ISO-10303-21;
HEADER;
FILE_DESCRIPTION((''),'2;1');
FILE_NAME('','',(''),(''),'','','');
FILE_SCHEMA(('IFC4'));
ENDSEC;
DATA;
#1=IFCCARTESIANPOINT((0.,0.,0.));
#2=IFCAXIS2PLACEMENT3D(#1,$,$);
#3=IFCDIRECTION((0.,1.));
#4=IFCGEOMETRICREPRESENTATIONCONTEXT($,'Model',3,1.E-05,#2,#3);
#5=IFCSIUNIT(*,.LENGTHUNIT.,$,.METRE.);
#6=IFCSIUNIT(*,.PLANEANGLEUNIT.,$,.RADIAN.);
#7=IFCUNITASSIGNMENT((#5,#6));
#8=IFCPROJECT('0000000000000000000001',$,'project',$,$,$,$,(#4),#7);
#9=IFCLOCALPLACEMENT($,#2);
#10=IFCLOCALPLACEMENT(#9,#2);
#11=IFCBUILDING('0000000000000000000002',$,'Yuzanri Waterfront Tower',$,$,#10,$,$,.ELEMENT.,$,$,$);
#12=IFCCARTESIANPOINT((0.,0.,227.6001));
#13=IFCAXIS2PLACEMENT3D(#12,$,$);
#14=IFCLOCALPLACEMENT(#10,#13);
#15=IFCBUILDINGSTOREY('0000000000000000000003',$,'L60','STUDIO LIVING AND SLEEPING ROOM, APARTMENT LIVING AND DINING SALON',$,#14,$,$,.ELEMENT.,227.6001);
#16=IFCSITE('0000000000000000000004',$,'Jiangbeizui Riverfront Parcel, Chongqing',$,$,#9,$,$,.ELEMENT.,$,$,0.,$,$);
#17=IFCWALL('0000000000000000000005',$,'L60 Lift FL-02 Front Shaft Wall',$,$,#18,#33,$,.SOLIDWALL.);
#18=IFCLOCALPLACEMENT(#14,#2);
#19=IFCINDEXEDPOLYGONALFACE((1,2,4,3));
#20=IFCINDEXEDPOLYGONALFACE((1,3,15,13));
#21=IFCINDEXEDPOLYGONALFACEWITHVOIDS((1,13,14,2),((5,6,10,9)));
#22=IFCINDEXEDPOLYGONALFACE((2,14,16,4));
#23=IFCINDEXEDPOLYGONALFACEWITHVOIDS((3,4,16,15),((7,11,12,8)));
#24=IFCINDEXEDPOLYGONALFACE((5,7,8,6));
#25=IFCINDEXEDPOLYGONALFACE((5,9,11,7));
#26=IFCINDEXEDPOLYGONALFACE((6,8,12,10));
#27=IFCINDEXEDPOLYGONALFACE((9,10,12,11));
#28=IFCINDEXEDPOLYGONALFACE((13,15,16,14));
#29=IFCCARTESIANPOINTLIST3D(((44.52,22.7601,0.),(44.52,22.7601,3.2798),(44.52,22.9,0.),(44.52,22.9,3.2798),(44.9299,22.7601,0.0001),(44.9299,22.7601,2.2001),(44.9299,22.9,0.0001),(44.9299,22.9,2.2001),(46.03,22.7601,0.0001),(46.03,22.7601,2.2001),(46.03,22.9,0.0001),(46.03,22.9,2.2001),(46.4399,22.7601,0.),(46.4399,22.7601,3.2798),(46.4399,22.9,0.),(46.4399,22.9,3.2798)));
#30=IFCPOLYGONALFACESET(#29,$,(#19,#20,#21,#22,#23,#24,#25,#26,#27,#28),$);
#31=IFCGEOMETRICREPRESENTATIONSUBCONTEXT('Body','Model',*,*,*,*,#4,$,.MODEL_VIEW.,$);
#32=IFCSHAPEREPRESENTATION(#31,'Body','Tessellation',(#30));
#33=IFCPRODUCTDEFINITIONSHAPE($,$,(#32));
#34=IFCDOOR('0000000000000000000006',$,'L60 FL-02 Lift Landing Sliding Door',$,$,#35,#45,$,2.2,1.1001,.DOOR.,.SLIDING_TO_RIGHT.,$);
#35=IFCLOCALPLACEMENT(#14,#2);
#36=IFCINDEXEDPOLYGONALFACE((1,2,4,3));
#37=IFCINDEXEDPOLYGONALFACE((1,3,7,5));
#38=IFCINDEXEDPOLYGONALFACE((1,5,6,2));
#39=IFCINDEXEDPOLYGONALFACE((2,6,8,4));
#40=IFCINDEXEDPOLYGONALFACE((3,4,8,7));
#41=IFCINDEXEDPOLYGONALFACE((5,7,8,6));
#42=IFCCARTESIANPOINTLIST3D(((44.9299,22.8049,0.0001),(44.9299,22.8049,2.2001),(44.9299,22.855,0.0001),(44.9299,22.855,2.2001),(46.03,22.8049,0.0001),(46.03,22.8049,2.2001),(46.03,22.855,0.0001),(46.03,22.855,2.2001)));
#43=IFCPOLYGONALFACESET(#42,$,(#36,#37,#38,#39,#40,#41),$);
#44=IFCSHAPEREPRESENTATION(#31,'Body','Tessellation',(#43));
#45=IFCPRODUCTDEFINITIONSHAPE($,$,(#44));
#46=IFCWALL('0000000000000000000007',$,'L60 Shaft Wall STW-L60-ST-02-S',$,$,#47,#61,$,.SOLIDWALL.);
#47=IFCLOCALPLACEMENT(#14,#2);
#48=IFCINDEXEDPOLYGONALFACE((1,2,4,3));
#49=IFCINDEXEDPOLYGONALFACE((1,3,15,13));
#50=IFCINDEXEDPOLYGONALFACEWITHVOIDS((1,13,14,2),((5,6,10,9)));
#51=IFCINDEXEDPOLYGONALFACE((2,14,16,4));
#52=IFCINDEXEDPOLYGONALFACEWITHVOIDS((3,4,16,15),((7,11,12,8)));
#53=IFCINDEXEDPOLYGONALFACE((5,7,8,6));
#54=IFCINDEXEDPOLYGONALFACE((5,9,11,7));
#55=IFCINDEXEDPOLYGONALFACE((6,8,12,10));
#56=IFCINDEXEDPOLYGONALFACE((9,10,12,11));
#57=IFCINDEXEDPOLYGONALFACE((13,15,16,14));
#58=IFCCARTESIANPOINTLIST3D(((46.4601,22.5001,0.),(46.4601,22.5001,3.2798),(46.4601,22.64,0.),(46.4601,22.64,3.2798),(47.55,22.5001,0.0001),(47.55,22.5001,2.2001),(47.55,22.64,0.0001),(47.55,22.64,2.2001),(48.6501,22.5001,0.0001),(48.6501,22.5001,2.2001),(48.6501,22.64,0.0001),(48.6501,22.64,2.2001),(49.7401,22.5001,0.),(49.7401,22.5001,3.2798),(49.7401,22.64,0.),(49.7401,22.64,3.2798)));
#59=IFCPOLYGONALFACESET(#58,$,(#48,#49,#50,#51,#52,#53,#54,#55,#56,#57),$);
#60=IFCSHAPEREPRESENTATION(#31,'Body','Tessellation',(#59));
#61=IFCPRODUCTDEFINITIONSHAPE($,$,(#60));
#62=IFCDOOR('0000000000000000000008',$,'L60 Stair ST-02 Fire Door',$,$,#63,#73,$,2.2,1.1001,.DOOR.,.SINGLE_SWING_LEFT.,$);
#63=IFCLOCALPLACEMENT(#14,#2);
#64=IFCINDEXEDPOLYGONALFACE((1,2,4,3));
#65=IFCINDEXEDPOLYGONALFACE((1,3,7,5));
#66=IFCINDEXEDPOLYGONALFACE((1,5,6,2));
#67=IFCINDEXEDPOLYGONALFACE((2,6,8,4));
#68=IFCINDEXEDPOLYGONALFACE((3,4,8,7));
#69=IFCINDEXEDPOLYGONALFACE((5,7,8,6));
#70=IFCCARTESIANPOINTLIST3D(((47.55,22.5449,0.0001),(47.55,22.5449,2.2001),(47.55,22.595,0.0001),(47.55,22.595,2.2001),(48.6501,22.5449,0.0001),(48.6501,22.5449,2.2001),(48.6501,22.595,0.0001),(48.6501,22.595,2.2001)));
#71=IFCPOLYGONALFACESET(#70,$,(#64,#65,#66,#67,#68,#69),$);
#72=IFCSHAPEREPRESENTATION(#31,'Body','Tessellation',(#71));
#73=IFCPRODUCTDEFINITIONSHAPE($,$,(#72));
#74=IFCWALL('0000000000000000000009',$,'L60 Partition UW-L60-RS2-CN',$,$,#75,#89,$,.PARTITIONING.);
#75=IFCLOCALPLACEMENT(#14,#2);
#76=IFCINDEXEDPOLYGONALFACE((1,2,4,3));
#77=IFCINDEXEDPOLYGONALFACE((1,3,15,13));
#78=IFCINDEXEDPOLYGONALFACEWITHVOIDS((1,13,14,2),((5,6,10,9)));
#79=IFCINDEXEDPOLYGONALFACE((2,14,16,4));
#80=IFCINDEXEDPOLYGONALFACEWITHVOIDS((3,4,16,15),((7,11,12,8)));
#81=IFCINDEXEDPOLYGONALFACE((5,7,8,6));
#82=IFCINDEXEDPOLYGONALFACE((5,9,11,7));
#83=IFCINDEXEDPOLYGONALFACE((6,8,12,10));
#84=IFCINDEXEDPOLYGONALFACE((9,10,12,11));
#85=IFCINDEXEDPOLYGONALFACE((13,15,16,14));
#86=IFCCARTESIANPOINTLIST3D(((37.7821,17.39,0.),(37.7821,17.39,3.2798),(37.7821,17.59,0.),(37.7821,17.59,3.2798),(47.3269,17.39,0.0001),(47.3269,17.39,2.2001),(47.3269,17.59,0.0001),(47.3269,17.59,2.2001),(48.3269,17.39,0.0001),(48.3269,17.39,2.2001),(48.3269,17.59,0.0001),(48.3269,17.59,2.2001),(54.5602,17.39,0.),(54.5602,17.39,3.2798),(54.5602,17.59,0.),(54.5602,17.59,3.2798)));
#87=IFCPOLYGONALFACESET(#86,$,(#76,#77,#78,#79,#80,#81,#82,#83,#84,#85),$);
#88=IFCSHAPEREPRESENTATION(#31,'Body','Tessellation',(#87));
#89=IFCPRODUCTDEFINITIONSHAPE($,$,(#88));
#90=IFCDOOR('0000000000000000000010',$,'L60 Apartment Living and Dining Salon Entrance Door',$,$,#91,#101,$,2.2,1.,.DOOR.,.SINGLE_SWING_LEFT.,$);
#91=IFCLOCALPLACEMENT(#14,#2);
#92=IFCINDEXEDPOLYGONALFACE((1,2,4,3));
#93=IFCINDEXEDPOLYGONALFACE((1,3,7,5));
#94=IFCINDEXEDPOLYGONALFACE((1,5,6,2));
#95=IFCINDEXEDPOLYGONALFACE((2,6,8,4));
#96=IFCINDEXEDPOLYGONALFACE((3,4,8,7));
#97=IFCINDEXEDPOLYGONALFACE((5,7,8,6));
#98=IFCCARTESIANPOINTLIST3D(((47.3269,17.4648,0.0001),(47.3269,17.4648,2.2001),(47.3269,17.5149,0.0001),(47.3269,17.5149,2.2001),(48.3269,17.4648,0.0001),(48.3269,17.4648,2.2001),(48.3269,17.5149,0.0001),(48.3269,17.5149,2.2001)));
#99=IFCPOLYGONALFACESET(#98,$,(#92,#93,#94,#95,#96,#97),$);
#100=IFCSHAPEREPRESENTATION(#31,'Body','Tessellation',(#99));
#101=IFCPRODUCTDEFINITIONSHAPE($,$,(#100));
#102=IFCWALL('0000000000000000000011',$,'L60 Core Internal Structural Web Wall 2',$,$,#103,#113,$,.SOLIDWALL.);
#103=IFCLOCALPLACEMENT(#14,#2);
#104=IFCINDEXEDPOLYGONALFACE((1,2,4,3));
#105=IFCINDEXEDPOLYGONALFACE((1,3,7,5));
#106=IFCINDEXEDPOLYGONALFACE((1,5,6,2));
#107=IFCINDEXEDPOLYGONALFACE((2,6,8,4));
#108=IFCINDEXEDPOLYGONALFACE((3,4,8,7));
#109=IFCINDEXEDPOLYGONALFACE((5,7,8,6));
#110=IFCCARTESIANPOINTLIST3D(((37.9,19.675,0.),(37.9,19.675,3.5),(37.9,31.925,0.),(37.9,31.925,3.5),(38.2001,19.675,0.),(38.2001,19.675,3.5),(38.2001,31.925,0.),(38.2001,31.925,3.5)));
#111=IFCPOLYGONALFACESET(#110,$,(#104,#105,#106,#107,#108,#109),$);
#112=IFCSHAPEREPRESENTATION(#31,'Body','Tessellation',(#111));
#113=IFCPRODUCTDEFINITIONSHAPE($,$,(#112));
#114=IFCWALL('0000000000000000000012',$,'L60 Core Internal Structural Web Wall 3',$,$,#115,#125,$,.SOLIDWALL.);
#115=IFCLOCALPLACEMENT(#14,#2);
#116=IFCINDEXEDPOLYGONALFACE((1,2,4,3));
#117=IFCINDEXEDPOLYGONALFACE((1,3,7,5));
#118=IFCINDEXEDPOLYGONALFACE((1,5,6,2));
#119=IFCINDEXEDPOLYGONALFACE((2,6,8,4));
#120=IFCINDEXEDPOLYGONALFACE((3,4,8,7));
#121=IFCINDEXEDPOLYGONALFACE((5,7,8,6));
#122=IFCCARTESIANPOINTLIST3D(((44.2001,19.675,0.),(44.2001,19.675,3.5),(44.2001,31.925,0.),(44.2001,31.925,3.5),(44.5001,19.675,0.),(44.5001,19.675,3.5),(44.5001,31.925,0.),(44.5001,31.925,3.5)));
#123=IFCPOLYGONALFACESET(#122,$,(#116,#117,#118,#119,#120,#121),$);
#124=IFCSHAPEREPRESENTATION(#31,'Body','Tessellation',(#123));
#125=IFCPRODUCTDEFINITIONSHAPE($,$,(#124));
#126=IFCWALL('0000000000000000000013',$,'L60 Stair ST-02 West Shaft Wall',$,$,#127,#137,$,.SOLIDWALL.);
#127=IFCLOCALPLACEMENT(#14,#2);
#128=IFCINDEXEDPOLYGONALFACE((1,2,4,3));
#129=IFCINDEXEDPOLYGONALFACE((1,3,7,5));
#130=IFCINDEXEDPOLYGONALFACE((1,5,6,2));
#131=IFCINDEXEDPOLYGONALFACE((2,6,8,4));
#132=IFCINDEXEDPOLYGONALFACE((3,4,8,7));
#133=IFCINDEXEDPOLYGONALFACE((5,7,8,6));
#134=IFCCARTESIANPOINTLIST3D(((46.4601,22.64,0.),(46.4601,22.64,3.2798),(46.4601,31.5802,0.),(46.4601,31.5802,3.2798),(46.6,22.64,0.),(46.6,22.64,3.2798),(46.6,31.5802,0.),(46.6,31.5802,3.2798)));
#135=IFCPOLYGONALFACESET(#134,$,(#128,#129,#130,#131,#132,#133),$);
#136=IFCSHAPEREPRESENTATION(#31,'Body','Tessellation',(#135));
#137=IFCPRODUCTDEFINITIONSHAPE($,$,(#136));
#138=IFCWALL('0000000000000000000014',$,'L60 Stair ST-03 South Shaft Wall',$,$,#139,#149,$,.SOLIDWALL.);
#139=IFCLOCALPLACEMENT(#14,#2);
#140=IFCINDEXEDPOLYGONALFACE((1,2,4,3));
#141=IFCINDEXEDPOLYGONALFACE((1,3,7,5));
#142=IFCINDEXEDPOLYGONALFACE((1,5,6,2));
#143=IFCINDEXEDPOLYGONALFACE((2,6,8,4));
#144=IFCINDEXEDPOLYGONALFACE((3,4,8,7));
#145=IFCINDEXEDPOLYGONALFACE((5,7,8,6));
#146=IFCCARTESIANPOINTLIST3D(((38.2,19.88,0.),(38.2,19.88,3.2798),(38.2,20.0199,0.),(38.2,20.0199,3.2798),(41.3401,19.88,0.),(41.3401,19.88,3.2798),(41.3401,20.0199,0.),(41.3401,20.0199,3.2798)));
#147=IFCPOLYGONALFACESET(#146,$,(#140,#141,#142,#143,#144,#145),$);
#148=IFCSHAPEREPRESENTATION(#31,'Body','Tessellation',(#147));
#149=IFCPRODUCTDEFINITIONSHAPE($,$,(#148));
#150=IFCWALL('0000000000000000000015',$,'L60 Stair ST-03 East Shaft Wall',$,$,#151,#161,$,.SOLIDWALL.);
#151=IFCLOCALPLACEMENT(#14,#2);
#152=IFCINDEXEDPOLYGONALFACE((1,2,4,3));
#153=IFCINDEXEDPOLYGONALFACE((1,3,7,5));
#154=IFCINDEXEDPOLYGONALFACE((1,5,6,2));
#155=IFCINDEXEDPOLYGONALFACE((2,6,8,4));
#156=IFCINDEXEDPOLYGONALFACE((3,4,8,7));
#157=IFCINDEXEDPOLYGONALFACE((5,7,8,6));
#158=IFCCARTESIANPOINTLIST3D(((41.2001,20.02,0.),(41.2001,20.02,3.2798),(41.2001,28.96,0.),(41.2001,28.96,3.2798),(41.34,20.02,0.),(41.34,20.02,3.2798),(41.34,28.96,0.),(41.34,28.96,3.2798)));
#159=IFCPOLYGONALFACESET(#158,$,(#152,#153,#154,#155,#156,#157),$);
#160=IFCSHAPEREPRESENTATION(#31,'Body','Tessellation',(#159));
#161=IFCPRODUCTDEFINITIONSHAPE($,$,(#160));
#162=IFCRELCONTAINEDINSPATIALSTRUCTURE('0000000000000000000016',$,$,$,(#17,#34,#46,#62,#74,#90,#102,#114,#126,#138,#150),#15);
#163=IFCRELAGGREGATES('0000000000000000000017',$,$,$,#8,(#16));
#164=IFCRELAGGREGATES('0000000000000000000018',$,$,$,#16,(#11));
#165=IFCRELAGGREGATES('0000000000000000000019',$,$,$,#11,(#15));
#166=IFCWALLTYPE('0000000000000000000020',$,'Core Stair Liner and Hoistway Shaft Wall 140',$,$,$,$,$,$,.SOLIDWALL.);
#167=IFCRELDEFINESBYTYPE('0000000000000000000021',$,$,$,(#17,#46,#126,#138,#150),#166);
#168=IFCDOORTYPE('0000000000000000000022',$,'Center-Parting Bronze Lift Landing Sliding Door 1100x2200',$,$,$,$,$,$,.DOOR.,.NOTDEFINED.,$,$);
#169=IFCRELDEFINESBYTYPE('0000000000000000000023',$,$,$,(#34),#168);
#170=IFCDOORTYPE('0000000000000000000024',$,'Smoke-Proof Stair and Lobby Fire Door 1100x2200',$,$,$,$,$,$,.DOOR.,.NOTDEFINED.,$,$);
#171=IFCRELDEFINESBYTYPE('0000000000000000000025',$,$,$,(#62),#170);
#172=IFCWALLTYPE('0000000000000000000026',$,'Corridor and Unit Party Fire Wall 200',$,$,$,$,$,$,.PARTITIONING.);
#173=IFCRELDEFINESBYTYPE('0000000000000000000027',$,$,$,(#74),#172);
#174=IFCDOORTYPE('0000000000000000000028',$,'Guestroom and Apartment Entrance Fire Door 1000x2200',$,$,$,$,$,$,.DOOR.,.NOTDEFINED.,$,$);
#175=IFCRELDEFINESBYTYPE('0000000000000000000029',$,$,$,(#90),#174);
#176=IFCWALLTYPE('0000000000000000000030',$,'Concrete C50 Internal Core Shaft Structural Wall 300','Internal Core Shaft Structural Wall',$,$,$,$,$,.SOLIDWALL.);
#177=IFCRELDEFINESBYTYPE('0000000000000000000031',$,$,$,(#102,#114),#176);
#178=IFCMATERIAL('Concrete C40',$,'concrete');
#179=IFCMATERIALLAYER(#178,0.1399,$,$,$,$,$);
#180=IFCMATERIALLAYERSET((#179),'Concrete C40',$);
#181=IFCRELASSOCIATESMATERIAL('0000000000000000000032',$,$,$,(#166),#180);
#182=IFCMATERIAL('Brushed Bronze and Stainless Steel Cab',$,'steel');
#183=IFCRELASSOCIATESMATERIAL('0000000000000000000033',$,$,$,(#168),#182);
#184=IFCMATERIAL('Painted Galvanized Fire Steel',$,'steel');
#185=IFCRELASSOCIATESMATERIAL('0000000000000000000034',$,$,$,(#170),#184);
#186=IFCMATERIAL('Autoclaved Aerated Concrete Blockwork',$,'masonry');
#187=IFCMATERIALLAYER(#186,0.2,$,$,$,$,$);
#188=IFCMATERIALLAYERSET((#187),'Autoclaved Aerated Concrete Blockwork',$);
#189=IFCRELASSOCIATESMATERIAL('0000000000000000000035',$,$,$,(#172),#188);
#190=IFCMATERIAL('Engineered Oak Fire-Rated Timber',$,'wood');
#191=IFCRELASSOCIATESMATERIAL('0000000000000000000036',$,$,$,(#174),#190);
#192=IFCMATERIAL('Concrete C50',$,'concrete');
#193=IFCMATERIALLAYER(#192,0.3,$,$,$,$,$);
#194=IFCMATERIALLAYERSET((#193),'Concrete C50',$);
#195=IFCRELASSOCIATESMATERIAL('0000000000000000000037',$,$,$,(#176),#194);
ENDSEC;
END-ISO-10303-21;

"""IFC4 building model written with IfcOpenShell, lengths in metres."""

from ifc_helpers import new_model, si_unit, direction, frame, frame_2d, origin, place, context, subcontext, project, spatial, rectangle, extrude, source, transform, mapped, material, layer, layer_set, type_object, element, fill, save


model = new_model("IFC4")

# Units and contexts
model_context = context("Model", 3, precision=1e-05, world=origin(), true_north=direction((0.0, 1.0)))
body_context = subcontext(model_context, "Body", "Model", "MODEL_VIEW")
ifc_project = project(units=[si_unit("LENGTHUNIT", "METRE"), si_unit("PLANEANGLEUNIT", "RADIAN")], contexts=[model_context])

# Site, building, storey
site_placement = place(None, origin())
site = spatial("IfcSite", under=ifc_project, at=site_placement, Name="Jiangbeizui Riverfront Parcel, Chongqing", CompositionType="ELEMENT", RefElevation=0.0)
building_placement = place(site_placement, origin())
building = spatial("IfcBuilding", under=site, at=building_placement, Name="Yuzanri Waterfront Tower", CompositionType="ELEMENT")
storey_placement = place(building_placement, frame((0.0, 0.0, 227.6001)))
storey = spatial("IfcBuildingStorey", under=building, at=storey_placement, Name="L60", Description="STUDIO LIVING AND SLEEPING ROOM, APARTMENT LIVING AND DINING SALON", CompositionType="ELEMENT", Elevation=227.6001)

# Walls, openings, doors
ifc_material_1 = material(Name="Concrete C40", Category="concrete")
ifc_layer_1 = layer(ifc_material_1, 0.1399)
ifc_layer_set_1 = layer_set([ifc_layer_1], Name="Concrete C40")
wall_type_1 = type_object("IfcWallType", Name="Core Stair Liner and Hoistway Shaft Wall 140", PredefinedType="SOLIDWALL", material=ifc_layer_set_1)
wall_1_placement = place(storey_placement, frame((44.52, 22.8301, 0.0), z_axis=(0.0, 0.0, 1.0), x_axis=(1.0, 0.0, 0.0)))
wall_1 = element("IfcWall", 1, at=wall_1_placement, inside=storey, type_object=wall_type_1, Name="L60 Lift FL-02 Front Shaft Wall", PredefinedType="SOLIDWALL", context=body_context, shape_type="SweptSolid", body=[
    extrude(rectangle(XDim=1.9199, YDim=0.1399, at=frame_2d((0.96, 0.0))), origin(), (0.0, 0.0, 1.0), 3.2798),
])
opening_1_placement = place(wall_1_placement, frame((0.4099, 0.0, 0.0)))
opening_1 = element("IfcOpeningElement", 2, at=opening_1_placement, cuts=wall_1, PredefinedType="OPENING", context=body_context, shape_type="SweptSolid", body=[
    extrude(rectangle(XDim=1.1001, YDim=2.2, at=frame_2d((0.55, 1.1001))), frame((0.0, 0.085, 0.0), z_axis=(0.0, -1.0, 0.0), x_axis=(1.0, 0.0, 0.0)), (0.0, 0.0, 1.0), 0.1697),
])
ifc_material_2 = material(Name="Brushed Bronze and Stainless Steel Cab", Category="steel")
door_type_1 = type_object("IfcDoorType", Name="Center-Parting Bronze Lift Landing Sliding Door 1100x2200", OperationType="NOTDEFINED", PredefinedType="DOOR", material=ifc_material_2)
shared_shape_1 = source(origin(), body_context, "Body", "SweptSolid", [
    extrude(rectangle(XDim=1.1001, YDim=2.2, at=frame_2d((0.55, 1.1001))), frame((0.0, 0.0249, 0.0), z_axis=(0.0, -1.0, 0.0), x_axis=(1.0, 0.0, 0.0)), (0.0, 0.0, 1.0), 0.05),
])
door_1_placement = place(opening_1_placement, origin())
door_1 = element("IfcDoor", 3, at=door_1_placement, inside=storey, type_object=door_type_1, Name="L60 FL-02 Lift Landing Sliding Door", OperationType="SLIDING_TO_RIGHT", OverallHeight=2.2, OverallWidth=1.1001, PredefinedType="DOOR", context=body_context, shape_type="MappedRepresentation", body=[
    mapped(shared_shape_1, transform((0.0, 0.0, 0.0), scale=1.0)),
])
fill(opening_1, door_1)
wall_2_placement = place(storey_placement, frame((46.46, 22.5701, 0.0), z_axis=(0.0, 0.0, 1.0), x_axis=(1.0, 0.0, 0.0)))
wall_2 = element("IfcWall", 4, at=wall_2_placement, inside=storey, type_object=wall_type_1, Name="L60 Shaft Wall STW-L60-ST-02-S", PredefinedType="SOLIDWALL", context=body_context, shape_type="SweptSolid", body=[
    extrude(rectangle(XDim=3.28, YDim=0.1399, at=frame_2d((1.6401, 0.0))), origin(), (0.0, 0.0, 1.0), 3.2798),
])
opening_2_placement = place(wall_2_placement, frame((1.0901, 0.0, 0.0)))
opening_2 = element("IfcOpeningElement", 5, at=opening_2_placement, cuts=wall_2, PredefinedType="OPENING", context=body_context, shape_type="SweptSolid", body=[
    extrude(rectangle(XDim=1.1001, YDim=2.2, at=frame_2d((0.55, 1.1001))), frame((0.0, 0.085, 0.0), z_axis=(0.0, -1.0, 0.0), x_axis=(1.0, 0.0, 0.0)), (0.0, 0.0, 1.0), 0.1697),
])
ifc_material_3 = material(Name="Painted Galvanized Fire Steel", Category="steel")
door_type_2 = type_object("IfcDoorType", Name="Smoke-Proof Stair and Lobby Fire Door 1100x2200", OperationType="NOTDEFINED", PredefinedType="DOOR", material=ifc_material_3)
shared_shape_2 = source(origin(), body_context, "Body", "SweptSolid", [
    extrude(rectangle(XDim=1.1001, YDim=2.2, at=frame_2d((0.55, 1.1001))), frame((0.0, 0.0249, 0.0), z_axis=(0.0, -1.0, 0.0), x_axis=(1.0, 0.0, 0.0)), (0.0, 0.0, 1.0), 0.05),
])
door_2_placement = place(opening_2_placement, origin())
door_2 = element("IfcDoor", 6, at=door_2_placement, inside=storey, type_object=door_type_2, Name="L60 Stair ST-02 Fire Door", OperationType="SINGLE_SWING_LEFT", OverallHeight=2.2, OverallWidth=1.1001, PredefinedType="DOOR", context=body_context, shape_type="MappedRepresentation", body=[
    mapped(shared_shape_2, transform((0.0, 0.0, 0.0), scale=1.0)),
])
fill(opening_2, door_2)
ifc_material_4 = material(Name="Autoclaved Aerated Concrete Blockwork", Category="masonry")
ifc_layer_2 = layer(ifc_material_4, 0.2)
ifc_layer_set_2 = layer_set([ifc_layer_2], Name="Autoclaved Aerated Concrete Blockwork")
wall_type_2 = type_object("IfcWallType", Name="Corridor and Unit Party Fire Wall 200", PredefinedType="PARTITIONING", material=ifc_layer_set_2)
wall_3_placement = place(storey_placement, frame((37.782, 17.49, 0.0), z_axis=(0.0, 0.0, 1.0), x_axis=(1.0, 0.0, 0.0)))
wall_3 = element("IfcWall", 7, at=wall_3_placement, inside=storey, type_object=wall_type_2, Name="L60 Partition UW-L60-RS2-CN", PredefinedType="PARTITIONING", context=body_context, shape_type="SweptSolid", body=[
    extrude(rectangle(XDim=16.7781, YDim=0.2, at=frame_2d((8.3892, 0.0))), origin(), (0.0, 0.0, 1.0), 3.2798),
])
opening_3_placement = place(wall_3_placement, frame((9.5449, 0.0, 0.0)))
opening_3 = element("IfcOpeningElement", 8, at=opening_3_placement, cuts=wall_3, PredefinedType="OPENING", context=body_context, shape_type="SweptSolid", body=[
    extrude(rectangle(XDim=1.0, YDim=2.2, at=frame_2d((0.5, 1.1001))), frame((0.0, 0.1147, 0.0), z_axis=(0.0, -1.0, 0.0), x_axis=(1.0, 0.0, 0.0)), (0.0, 0.0, 1.0), 0.2297),
])
ifc_material_5 = material(Name="Engineered Oak Fire-Rated Timber", Category="wood")
door_type_3 = type_object("IfcDoorType", Name="Guestroom and Apartment Entrance Fire Door 1000x2200", OperationType="NOTDEFINED", PredefinedType="DOOR", material=ifc_material_5)
shared_shape_3 = source(origin(), body_context, "Body", "SweptSolid", [
    extrude(rectangle(XDim=1.0, YDim=2.2, at=frame_2d((0.5, 1.1001))), frame((0.0, 0.0249, 0.0), z_axis=(0.0, -1.0, 0.0), x_axis=(1.0, 0.0, 0.0)), (0.0, 0.0, 1.0), 0.05),
])
door_3_placement = place(opening_3_placement, origin())
door_3 = element("IfcDoor", 9, at=door_3_placement, inside=storey, type_object=door_type_3, Name="L60 Apartment Living and Dining Salon Entrance Door", OperationType="SINGLE_SWING_LEFT", OverallHeight=2.2, OverallWidth=1.0, PredefinedType="DOOR", context=body_context, shape_type="MappedRepresentation", body=[
    mapped(shared_shape_3, transform((0.0, 0.0, 0.0), scale=1.0)),
])
fill(opening_3, door_3)

# Walls
ifc_material_6 = material(Name="Concrete C50", Category="concrete")
ifc_layer_3 = layer(ifc_material_6, 0.3)
ifc_layer_set_3 = layer_set([ifc_layer_3], Name="Concrete C50")
wall_type_3 = type_object("IfcWallType", Name="Concrete C50 Internal Core Shaft Structural Wall 300", Description="Internal Core Shaft Structural Wall", PredefinedType="SOLIDWALL", material=ifc_layer_set_3)
shared_shape_4 = source(origin(), body_context, "Body", "SweptSolid", [
    extrude(rectangle(XDim=12.25, YDim=0.3, at=frame_2d((6.125, 0.0))), origin(), (0.0, 0.0, 1.0), 3.5),
])
for number, where, z_axis, x_axis, name in (
    (10, (38.05, 19.675, 0.0), (0.0, 0.0, 1.0), (0.0, 1.0, 0.0), "L60 Core Internal Structural Web Wall 2"),
    (11, (44.3501, 19.675, 0.0), (0.0, 0.0, 1.0), (0.0, 1.0, 0.0), "L60 Core Internal Structural Web Wall 3"),
):
    element("IfcWall", number, at=place(storey_placement, frame(where, z_axis=z_axis, x_axis=x_axis)), inside=storey, type_object=wall_type_3, Name=name, PredefinedType="SOLIDWALL", context=body_context, shape_type="MappedRepresentation", body=[
        mapped(shared_shape_4, transform((0.0, 0.0, 0.0), scale=1.0)),
    ])
shared_shape_5 = source(origin(), body_context, "Body", "SweptSolid", [
    extrude(rectangle(XDim=8.9402, YDim=0.1399, at=frame_2d((4.4702, 0.0))), origin(), (0.0, 0.0, 1.0), 3.2798),
])
wall_4_placement = place(storey_placement, frame((46.53, 22.6399, 0.0), z_axis=(0.0, 0.0, 1.0), x_axis=(0.0, 1.0, 0.0)))
element("IfcWall", 12, at=wall_4_placement, inside=storey, type_object=wall_type_1, Name="L60 Stair ST-02 West Shaft Wall", PredefinedType="SOLIDWALL", context=body_context, shape_type="MappedRepresentation", body=[
    mapped(shared_shape_5, transform((0.0, 0.0, 0.0), scale=1.0)),
])
shared_shape_6 = source(origin(), body_context, "Body", "SweptSolid", [
    extrude(rectangle(XDim=3.1401, YDim=0.1399, at=frame_2d((1.5701, 0.0))), origin(), (0.0, 0.0, 1.0), 3.2798),
])
wall_5_placement = place(storey_placement, frame((38.2, 19.95, 0.0), z_axis=(0.0, 0.0, 1.0), x_axis=(1.0, 0.0, 0.0)))
element("IfcWall", 13, at=wall_5_placement, inside=storey, type_object=wall_type_1, Name="L60 Stair ST-03 South Shaft Wall", PredefinedType="SOLIDWALL", context=body_context, shape_type="MappedRepresentation", body=[
    mapped(shared_shape_6, transform((0.0, 0.0, 0.0), scale=1.0)),
])
shared_shape_7 = source(origin(), body_context, "Body", "SweptSolid", [
    extrude(rectangle(XDim=8.9399, YDim=0.1399, at=frame_2d((4.47, 0.0))), origin(), (0.0, 0.0, 1.0), 3.2798),
])
wall_6_placement = place(storey_placement, frame((41.27, 20.02, 0.0), z_axis=(0.0, 0.0, 1.0), x_axis=(0.0, 1.0, 0.0)))
element("IfcWall", 14, at=wall_6_placement, inside=storey, type_object=wall_type_1, Name="L60 Stair ST-03 East Shaft Wall", PredefinedType="SOLIDWALL", context=body_context, shape_type="MappedRepresentation", body=[
    mapped(shared_shape_7, transform((0.0, 0.0, 0.0), scale=1.0)),
])

save(model, "model.ifc")
